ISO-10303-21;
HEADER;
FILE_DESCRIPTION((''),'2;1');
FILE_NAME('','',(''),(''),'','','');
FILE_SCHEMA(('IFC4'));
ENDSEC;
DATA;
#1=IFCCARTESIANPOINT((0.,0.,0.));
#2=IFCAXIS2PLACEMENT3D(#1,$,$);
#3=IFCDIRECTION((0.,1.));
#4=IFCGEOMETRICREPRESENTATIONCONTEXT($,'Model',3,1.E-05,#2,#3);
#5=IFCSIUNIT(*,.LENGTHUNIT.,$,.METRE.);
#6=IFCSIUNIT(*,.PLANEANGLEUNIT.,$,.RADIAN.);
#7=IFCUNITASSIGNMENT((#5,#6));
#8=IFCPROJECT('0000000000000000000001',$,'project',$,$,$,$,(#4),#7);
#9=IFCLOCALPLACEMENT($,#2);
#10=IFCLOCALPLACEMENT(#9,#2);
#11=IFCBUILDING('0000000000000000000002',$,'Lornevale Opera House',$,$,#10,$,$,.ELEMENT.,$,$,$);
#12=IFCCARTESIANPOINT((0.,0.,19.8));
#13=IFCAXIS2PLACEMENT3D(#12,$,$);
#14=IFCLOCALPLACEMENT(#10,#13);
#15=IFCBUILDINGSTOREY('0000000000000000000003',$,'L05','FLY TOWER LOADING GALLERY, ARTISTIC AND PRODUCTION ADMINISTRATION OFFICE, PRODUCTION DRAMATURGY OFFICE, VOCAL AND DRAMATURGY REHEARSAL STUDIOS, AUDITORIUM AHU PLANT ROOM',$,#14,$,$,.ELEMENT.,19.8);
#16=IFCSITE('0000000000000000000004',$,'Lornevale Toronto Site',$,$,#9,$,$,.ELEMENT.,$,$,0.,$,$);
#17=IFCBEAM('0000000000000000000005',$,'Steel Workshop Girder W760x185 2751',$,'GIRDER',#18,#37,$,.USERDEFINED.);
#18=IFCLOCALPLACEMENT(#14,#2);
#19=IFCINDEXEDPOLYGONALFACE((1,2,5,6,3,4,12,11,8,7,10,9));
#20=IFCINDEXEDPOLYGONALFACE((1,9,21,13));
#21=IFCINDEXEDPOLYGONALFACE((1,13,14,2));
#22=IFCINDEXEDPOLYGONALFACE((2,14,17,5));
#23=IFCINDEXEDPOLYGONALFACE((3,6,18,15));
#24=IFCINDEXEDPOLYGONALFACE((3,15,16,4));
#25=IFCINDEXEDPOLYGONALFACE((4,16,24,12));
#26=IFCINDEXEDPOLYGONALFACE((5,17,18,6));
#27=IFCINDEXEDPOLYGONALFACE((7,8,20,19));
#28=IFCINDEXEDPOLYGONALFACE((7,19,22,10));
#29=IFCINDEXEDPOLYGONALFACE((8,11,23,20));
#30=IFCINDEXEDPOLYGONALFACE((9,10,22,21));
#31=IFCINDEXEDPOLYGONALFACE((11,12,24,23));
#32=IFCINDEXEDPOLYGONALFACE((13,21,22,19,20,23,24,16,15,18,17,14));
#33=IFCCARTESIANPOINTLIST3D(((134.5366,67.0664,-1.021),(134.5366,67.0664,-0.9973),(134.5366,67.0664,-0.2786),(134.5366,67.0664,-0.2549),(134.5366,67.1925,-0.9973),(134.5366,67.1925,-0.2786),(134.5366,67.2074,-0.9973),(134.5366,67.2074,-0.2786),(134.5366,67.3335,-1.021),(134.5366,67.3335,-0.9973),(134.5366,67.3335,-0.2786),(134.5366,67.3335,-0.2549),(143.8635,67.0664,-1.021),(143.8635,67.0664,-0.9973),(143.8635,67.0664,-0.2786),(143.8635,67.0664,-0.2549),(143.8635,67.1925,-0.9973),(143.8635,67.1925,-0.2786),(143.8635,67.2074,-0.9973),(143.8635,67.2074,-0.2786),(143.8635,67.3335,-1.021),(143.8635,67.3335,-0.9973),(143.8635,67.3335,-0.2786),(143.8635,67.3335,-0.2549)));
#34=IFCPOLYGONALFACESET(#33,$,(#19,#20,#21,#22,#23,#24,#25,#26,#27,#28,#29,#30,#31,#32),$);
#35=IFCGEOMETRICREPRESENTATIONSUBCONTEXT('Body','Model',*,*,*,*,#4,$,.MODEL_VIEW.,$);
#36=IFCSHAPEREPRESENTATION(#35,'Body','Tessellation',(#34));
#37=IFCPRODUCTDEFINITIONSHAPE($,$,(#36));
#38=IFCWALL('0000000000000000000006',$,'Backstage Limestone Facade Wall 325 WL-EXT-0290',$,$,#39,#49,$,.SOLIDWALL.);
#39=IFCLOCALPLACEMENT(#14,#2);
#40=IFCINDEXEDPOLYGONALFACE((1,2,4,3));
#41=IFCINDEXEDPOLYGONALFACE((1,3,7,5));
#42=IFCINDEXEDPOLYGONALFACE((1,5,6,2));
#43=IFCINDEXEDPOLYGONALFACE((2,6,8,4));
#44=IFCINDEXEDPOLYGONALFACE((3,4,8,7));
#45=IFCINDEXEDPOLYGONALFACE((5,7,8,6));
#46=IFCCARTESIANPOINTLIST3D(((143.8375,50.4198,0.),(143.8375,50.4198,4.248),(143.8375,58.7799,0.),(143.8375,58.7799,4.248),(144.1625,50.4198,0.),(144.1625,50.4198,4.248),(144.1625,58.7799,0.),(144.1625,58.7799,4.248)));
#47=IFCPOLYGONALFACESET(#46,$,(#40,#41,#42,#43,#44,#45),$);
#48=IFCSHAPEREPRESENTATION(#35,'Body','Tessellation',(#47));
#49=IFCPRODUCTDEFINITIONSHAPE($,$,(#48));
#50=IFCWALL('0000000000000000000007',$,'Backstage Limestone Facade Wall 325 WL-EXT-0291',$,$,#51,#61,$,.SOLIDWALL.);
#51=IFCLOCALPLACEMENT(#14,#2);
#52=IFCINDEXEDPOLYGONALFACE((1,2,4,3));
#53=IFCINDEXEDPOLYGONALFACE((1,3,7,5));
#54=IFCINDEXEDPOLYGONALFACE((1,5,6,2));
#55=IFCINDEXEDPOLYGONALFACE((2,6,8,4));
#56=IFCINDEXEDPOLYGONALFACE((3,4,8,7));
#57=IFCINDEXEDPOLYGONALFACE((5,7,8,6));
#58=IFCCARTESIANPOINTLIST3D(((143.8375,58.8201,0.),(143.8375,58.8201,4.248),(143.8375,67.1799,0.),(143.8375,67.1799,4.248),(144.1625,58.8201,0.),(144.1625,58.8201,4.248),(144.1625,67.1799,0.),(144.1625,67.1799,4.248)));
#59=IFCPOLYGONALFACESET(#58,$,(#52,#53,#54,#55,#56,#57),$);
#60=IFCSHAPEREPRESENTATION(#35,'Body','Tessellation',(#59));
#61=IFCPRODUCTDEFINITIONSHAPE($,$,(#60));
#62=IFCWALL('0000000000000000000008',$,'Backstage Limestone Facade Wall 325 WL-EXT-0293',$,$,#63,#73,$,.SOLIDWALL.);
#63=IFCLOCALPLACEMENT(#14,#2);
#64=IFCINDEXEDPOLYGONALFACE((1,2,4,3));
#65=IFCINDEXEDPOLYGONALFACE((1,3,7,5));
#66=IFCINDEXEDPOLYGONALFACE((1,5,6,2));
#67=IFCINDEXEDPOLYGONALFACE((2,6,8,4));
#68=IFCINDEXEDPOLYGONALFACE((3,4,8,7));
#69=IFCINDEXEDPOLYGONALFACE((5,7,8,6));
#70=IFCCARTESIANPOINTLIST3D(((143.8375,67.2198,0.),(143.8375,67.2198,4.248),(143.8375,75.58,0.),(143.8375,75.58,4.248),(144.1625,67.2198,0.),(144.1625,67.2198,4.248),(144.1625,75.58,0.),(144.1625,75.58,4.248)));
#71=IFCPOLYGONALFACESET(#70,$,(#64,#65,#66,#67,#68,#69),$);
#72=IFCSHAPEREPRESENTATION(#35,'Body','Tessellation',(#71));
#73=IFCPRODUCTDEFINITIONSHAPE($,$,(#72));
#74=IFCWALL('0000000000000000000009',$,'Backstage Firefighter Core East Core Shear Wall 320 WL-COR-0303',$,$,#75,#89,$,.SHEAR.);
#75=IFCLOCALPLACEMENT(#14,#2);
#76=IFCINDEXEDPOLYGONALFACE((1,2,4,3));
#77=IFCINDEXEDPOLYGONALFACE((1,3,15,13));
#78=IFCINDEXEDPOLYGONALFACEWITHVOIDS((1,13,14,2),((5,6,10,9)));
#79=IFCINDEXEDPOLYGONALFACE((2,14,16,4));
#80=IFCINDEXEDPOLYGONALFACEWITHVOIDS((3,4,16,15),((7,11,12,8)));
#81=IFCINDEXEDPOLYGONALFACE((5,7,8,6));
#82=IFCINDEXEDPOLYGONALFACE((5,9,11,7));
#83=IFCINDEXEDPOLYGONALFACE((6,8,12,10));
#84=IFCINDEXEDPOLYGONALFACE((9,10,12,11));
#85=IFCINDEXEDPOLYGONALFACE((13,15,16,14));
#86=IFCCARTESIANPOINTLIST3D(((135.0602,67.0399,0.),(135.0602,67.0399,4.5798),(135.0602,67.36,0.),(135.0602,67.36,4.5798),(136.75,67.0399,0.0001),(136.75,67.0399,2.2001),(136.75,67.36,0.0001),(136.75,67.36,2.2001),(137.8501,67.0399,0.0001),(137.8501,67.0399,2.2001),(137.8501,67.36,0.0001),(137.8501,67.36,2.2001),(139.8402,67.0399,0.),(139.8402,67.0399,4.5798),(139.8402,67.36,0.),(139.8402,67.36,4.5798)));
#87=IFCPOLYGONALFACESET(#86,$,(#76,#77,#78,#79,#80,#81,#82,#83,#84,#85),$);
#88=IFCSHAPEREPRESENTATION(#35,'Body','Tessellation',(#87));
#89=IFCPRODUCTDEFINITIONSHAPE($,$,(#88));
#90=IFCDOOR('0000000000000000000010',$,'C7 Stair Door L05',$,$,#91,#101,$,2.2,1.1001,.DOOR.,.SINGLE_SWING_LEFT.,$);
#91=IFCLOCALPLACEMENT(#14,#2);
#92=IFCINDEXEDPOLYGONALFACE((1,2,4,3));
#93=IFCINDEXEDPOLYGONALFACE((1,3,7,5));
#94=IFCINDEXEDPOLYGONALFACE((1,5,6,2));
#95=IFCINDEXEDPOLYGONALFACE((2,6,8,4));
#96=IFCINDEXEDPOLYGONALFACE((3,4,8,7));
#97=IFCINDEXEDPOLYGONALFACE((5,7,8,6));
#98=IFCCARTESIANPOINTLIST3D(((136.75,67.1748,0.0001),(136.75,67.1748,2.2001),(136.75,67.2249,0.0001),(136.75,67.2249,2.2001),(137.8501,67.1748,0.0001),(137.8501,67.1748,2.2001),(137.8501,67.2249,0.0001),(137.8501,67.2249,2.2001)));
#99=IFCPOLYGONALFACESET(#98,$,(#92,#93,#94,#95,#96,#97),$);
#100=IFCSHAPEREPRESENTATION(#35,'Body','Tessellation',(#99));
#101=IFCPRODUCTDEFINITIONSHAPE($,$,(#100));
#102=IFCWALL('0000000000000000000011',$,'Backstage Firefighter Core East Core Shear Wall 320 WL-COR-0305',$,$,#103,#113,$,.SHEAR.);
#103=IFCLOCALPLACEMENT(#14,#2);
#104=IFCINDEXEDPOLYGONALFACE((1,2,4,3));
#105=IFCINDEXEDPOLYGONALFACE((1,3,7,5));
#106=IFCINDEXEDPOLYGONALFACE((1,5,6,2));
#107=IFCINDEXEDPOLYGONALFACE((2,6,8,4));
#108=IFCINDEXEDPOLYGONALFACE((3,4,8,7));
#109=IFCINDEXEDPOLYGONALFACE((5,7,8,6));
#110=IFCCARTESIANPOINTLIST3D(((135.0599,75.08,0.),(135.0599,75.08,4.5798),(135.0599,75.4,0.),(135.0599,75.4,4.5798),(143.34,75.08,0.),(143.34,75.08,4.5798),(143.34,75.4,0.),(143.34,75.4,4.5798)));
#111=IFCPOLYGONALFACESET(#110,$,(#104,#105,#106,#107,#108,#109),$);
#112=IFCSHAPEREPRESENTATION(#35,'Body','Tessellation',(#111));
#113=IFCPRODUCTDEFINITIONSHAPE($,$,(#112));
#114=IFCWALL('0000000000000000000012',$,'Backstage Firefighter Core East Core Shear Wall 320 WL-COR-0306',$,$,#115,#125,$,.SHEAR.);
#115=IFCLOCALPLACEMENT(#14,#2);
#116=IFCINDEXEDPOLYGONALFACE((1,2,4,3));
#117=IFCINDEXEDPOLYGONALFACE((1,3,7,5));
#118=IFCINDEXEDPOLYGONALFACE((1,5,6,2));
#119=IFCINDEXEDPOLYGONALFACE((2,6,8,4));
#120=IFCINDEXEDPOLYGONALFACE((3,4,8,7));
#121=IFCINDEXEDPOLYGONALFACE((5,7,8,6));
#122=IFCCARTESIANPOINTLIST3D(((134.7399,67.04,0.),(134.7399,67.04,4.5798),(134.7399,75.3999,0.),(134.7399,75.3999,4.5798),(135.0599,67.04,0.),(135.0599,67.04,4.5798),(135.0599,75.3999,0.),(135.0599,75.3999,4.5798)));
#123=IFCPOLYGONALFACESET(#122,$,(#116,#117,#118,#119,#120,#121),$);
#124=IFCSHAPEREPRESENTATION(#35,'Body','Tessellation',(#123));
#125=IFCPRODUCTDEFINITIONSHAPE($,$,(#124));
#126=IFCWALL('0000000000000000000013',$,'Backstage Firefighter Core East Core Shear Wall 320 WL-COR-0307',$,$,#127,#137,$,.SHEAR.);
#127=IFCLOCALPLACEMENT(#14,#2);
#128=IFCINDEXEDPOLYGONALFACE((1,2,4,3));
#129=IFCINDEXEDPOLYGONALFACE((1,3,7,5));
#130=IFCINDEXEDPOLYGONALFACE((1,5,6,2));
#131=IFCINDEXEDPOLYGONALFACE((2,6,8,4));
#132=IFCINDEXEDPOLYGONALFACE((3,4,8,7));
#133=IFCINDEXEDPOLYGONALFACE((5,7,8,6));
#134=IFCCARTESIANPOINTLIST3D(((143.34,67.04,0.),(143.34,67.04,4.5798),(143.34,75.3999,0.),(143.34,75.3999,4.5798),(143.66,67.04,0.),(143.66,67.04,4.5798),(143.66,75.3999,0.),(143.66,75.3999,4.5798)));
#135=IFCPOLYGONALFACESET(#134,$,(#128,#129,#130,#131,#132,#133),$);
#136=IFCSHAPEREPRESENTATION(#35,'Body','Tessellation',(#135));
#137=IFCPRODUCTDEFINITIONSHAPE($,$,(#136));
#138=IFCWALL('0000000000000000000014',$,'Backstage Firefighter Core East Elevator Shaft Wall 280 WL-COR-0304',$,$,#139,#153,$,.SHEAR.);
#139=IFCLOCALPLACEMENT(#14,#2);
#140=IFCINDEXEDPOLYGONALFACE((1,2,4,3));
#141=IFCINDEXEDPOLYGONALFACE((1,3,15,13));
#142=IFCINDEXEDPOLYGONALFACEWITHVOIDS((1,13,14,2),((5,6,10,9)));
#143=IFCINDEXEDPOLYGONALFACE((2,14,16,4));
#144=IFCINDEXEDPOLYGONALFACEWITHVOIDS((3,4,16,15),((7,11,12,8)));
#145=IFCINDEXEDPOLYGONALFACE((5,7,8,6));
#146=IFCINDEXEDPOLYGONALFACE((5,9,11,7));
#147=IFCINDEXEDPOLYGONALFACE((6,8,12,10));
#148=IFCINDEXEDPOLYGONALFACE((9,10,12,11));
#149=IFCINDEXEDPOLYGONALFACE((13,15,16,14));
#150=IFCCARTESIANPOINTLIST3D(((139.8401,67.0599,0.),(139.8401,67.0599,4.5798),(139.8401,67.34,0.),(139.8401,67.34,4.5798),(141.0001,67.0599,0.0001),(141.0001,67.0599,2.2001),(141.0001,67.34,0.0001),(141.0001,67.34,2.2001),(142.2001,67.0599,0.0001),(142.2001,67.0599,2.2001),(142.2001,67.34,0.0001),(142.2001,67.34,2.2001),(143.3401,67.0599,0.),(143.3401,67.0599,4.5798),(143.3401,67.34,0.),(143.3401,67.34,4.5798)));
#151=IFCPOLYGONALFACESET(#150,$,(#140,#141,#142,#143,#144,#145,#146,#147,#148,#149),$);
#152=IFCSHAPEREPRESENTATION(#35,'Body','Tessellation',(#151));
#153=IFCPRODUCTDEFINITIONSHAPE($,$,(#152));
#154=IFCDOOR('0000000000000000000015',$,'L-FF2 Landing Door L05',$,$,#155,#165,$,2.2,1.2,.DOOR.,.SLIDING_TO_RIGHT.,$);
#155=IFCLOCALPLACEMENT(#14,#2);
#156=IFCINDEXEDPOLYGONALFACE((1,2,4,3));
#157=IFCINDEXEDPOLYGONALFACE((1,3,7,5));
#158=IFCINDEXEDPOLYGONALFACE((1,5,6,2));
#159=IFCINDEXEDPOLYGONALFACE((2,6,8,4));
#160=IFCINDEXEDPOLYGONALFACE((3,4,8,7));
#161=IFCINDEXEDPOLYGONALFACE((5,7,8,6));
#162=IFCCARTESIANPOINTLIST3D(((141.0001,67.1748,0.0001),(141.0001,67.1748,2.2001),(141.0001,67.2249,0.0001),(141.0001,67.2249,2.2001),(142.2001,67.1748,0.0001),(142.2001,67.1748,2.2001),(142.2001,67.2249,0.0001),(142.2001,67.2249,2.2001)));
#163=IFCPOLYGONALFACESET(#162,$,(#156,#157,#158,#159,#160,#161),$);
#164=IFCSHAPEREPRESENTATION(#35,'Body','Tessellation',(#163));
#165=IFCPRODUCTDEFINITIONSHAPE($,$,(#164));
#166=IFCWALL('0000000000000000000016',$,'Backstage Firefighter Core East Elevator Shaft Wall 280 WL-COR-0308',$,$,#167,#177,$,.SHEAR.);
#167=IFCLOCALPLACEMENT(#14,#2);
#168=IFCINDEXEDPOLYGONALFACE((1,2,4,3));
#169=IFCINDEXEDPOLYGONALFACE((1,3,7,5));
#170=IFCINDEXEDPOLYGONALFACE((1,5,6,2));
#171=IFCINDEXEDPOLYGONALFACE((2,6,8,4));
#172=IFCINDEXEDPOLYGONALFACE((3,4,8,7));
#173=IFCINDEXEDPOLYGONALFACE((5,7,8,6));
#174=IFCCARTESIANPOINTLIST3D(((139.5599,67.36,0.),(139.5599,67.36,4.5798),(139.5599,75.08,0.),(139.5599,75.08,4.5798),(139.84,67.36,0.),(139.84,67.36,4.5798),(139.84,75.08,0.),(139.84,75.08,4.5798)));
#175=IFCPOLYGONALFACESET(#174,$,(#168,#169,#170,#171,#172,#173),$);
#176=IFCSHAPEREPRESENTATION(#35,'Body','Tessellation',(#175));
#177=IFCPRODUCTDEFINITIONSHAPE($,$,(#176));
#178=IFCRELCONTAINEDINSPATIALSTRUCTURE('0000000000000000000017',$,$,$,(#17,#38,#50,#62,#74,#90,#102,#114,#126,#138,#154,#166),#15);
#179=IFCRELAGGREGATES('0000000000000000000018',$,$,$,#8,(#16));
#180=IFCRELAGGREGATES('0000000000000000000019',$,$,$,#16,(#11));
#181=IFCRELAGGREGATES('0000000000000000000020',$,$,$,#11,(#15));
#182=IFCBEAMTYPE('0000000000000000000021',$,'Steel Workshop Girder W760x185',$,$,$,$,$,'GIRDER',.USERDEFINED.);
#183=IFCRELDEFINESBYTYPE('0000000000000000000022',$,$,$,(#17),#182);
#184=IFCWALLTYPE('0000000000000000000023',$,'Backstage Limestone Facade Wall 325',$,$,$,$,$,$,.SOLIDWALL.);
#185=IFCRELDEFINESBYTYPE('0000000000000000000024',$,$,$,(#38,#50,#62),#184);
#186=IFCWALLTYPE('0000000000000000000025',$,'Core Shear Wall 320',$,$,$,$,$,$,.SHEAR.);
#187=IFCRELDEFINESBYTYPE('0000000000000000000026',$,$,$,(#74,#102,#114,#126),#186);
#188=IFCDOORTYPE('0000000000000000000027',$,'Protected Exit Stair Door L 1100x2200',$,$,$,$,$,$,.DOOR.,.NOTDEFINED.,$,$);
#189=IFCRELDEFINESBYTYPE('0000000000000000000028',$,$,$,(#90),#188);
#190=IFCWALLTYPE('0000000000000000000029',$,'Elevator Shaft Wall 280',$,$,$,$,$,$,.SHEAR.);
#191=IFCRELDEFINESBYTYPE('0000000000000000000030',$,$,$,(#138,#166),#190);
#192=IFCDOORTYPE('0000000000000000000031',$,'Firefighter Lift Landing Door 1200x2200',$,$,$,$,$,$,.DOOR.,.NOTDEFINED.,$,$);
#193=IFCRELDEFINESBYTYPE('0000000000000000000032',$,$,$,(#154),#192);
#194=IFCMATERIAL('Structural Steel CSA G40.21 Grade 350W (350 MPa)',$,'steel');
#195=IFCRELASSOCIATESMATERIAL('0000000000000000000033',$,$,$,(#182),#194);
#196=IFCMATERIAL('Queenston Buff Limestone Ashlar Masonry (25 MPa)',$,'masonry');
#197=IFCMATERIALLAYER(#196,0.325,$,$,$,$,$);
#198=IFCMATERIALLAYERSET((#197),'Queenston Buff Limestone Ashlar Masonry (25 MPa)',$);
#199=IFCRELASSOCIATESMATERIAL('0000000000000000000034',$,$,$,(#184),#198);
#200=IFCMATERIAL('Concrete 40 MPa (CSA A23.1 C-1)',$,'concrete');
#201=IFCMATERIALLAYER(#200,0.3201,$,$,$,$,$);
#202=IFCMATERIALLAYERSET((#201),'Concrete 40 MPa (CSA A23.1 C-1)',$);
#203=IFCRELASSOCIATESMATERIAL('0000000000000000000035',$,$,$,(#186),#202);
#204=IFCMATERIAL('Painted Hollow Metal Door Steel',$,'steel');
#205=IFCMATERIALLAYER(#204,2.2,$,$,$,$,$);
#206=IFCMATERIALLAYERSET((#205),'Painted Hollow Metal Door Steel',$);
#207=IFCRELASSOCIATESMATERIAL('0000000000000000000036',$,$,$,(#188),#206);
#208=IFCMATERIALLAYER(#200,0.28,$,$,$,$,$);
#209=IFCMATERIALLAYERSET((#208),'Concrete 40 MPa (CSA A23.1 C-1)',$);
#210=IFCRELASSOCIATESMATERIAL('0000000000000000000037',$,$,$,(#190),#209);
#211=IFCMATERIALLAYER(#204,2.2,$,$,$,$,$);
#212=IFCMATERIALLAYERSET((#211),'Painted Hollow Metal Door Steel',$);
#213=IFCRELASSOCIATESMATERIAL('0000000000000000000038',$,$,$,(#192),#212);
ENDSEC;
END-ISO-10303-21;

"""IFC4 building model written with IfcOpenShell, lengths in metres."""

from ifc_helpers import new_model, si_unit, direction, frame, frame_2d, origin, origin_2d, place, context, subcontext, project, spatial, rectangle, i_section, extrude, material, layer, layer_set, material_profile, profile_set, type_object, element, fill, save


model = new_model("IFC4")

# Units and contexts
model_context = context("Model", 3, precision=1e-05, world=origin(), true_north=direction((0.0, 1.0)))
body_context = subcontext(model_context, "Body", "Model", "MODEL_VIEW")
ifc_project = project(units=[si_unit("LENGTHUNIT", "METRE"), si_unit("PLANEANGLEUNIT", "RADIAN")], contexts=[model_context])

# Site, building, storey
site_placement = place(None, origin())
site = spatial("IfcSite", under=ifc_project, at=site_placement, Name="Lornevale Toronto Site", CompositionType="ELEMENT", RefElevation=0.0)
building_placement = place(site_placement, origin())
building = spatial("IfcBuilding", under=site, at=building_placement, Name="Lornevale Opera House", CompositionType="ELEMENT")
storey_placement = place(building_placement, frame((0.0, 0.0, 19.8)))
storey = spatial("IfcBuildingStorey", under=building, at=storey_placement, Name="L05", Description="FLY TOWER LOADING GALLERY, ARTISTIC AND PRODUCTION ADMINISTRATION OFFICE, PRODUCTION DRAMATURGY OFFICE, VOCAL AND DRAMATURGY REHEARSAL STUDIOS, AUDITORIUM AHU PLANT ROOM", CompositionType="ELEMENT", Elevation=19.8)

# Shared definitions
ifc_material_1 = material(Name="Structural Steel CSA G40.21 Grade 350W (350 MPa)", Category="steel")

# Beam
ifc_material_profile_1 = material_profile(ifc_material_1, i_section(OverallWidth=0.2671, OverallDepth=0.7661, WebThickness=0.0149, FlangeThickness=0.0237, at=origin_2d()), Name="W760x185")
ifc_profile_set_1 = profile_set([ifc_material_profile_1], Name="Structural Steel CSA G40.21 Grade 350W (350 MPa)")
beam_type_1 = type_object("IfcBeamType", Name="Steel Workshop Girder W760x185", ElementType="GIRDER", PredefinedType="USERDEFINED", material=ifc_profile_set_1)
beam_1_placement = place(storey_placement, frame((134.5366, 67.2, -0.6379), z_axis=(1.0, 0.0, 0.0), x_axis=(0.0, 1.0, 0.0)))
element("IfcBeam", 1, at=beam_1_placement, inside=storey, type_object=beam_type_1, Name="Steel Workshop Girder W760x185 2751", ObjectType="GIRDER", PredefinedType="USERDEFINED", context=body_context, shape_type="SweptSolid", body=[
    extrude(i_section(OverallWidth=0.2671, OverallDepth=0.7661, WebThickness=0.0149, FlangeThickness=0.0237, at=origin_2d()), origin(), (0.0, 0.0, 1.0), 9.3269),
])

# Walls
ifc_material_2 = material(Name="Queenston Buff Limestone Ashlar Masonry (25 MPa)", Category="masonry")
ifc_layer_1 = layer(ifc_material_2, 0.325)
ifc_layer_set_1 = layer_set([ifc_layer_1], Name="Queenston Buff Limestone Ashlar Masonry (25 MPa)")
wall_type_1 = type_object("IfcWallType", Name="Backstage Limestone Facade Wall 325", PredefinedType="SOLIDWALL", material=ifc_layer_set_1)
wall_1_placement = place(storey_placement, frame((144.0, 58.78, 0.0), z_axis=(0.0, 0.0, 1.0), x_axis=(0.0, -1.0, 0.0)))
element("IfcWall", 2, at=wall_1_placement, inside=storey, type_object=wall_type_1, Name="Backstage Limestone Facade Wall 325 WL-EXT-0290", PredefinedType="SOLIDWALL", context=body_context, shape_type="SweptSolid", body=[
    extrude(rectangle(XDim=8.3601, YDim=0.325, at=frame_2d((4.1802, 0.0))), origin(), (0.0, 0.0, 1.0), 4.248),
])
wall_2_placement = place(storey_placement, frame((144.0, 67.1799, 0.0), z_axis=(0.0, 0.0, 1.0), x_axis=(0.0, -1.0, 0.0)))
element("IfcWall", 3, at=wall_2_placement, inside=storey, type_object=wall_type_1, Name="Backstage Limestone Facade Wall 325 WL-EXT-0291", PredefinedType="SOLIDWALL", context=body_context, shape_type="SweptSolid", body=[
    extrude(rectangle(XDim=8.3599, YDim=0.325, at=frame_2d((4.1799, 0.0))), origin(), (0.0, 0.0, 1.0), 4.248),
])
wall_3_placement = place(storey_placement, frame((144.0, 75.5801, 0.0), z_axis=(0.0, 0.0, 1.0), x_axis=(0.0, -1.0, 0.0)))
element("IfcWall", 4, at=wall_3_placement, inside=storey, type_object=wall_type_1, Name="Backstage Limestone Facade Wall 325 WL-EXT-0293", PredefinedType="SOLIDWALL", context=body_context, shape_type="SweptSolid", body=[
    extrude(rectangle(XDim=8.3601, YDim=0.325, at=frame_2d((4.1802, 0.0))), origin(), (0.0, 0.0, 1.0), 4.248),
])

# Wall, opening, door
ifc_material_3 = material(Name="Concrete 40 MPa (CSA A23.1 C-1)", Category="concrete")
ifc_layer_2 = layer(ifc_material_3, 0.3201)
ifc_layer_set_2 = layer_set([ifc_layer_2], Name="Concrete 40 MPa (CSA A23.1 C-1)")
wall_type_2 = type_object("IfcWallType", Name="Core Shear Wall 320", PredefinedType="SHEAR", material=ifc_layer_set_2)
wall_4_placement = place(storey_placement, frame((135.0601, 67.2, 0.0), z_axis=(0.0, 0.0, 1.0), x_axis=(1.0, 0.0, 0.0)))
wall_4 = element("IfcWall", 5, at=wall_4_placement, inside=storey, type_object=wall_type_2, Name="Backstage Firefighter Core East Core Shear Wall 320 WL-COR-0303", PredefinedType="SHEAR", context=body_context, shape_type="SweptSolid", body=[
    extrude(rectangle(XDim=4.78, YDim=0.3201, at=frame_2d((2.3901, 0.0))), origin(), (0.0, 0.0, 1.0), 4.5798),
])
opening_1_placement = place(wall_4_placement, frame((1.6899, 0.0, 0.0)))
opening_1 = element("IfcOpeningElement", 6, at=opening_1_placement, cuts=wall_4, PredefinedType="OPENING", context=body_context, shape_type="SweptSolid", body=[
    extrude(rectangle(XDim=1.1001, YDim=2.2, at=frame_2d((0.55, 1.1001))), frame((0.0, 0.1699, 0.0), z_axis=(0.0, -1.0, 0.0), x_axis=(1.0, 0.0, 0.0)), (0.0, 0.0, 1.0), 0.3401),
])
ifc_material_4 = material(Name="Painted Hollow Metal Door Steel", Category="steel")
ifc_layer_3 = layer(ifc_material_4, 2.2)
ifc_layer_set_3 = layer_set([ifc_layer_3], Name="Painted Hollow Metal Door Steel")
door_type_1 = type_object("IfcDoorType", Name="Protected Exit Stair Door L 1100x2200", OperationType="NOTDEFINED", PredefinedType="DOOR", material=ifc_layer_set_3)
door_1_placement = place(opening_1_placement, origin())
door_1 = element("IfcDoor", 7, at=door_1_placement, inside=storey, type_object=door_type_1, Name="C7 Stair Door L05", OperationType="SINGLE_SWING_LEFT", OverallHeight=2.2, OverallWidth=1.1001, PredefinedType="DOOR", context=body_context, shape_type="SweptSolid", body=[
    extrude(rectangle(XDim=1.1001, YDim=2.2, at=frame_2d((0.55, 1.1001))), frame((0.0, 0.0249, 0.0), z_axis=(0.0, -1.0, 0.0), x_axis=(1.0, 0.0, 0.0)), (0.0, 0.0, 1.0), 0.05),
])
fill(opening_1, door_1)

# Walls
wall_5_placement = place(storey_placement, frame((143.3401, 75.24, 0.0), z_axis=(0.0, 0.0, 1.0), x_axis=(-1.0, 0.0, 0.0)))
element("IfcWall", 8, at=wall_5_placement, inside=storey, type_object=wall_type_2, Name="Backstage Firefighter Core East Core Shear Wall 320 WL-COR-0305", PredefinedType="SHEAR", context=body_context, shape_type="SweptSolid", body=[
    extrude(rectangle(XDim=8.28, YDim=0.3201, at=frame_2d((4.1401, 0.0))), origin(), (0.0, 0.0, 1.0), 4.5798),
])
for number, where, z_axis, x_axis, name in (
    (9, (134.8999, 75.3999, 0.0), (0.0, 0.0, 1.0), (0.0, -1.0, 0.0), "Backstage Firefighter Core East Core Shear Wall 320 WL-COR-0306"),
    (10, (143.5, 67.04, 0.0), (0.0, 0.0, 1.0), (0.0, 1.0, 0.0), "Backstage Firefighter Core East Core Shear Wall 320 WL-COR-0307"),
):
    element("IfcWall", number, at=place(storey_placement, frame(where, z_axis=z_axis, x_axis=x_axis)), inside=storey, type_object=wall_type_2, Name=name, PredefinedType="SHEAR", context=body_context, shape_type="SweptSolid", body=[
        extrude(rectangle(XDim=8.3599, YDim=0.3201, at=frame_2d((4.1799, 0.0))), origin(), (0.0, 0.0, 1.0), 4.5798),
    ])

# Wall, opening, door
ifc_layer_4 = layer(ifc_material_3, 0.28)
ifc_layer_set_4 = layer_set([ifc_layer_4], Name="Concrete 40 MPa (CSA A23.1 C-1)")
wall_type_3 = type_object("IfcWallType", Name="Elevator Shaft Wall 280", PredefinedType="SHEAR", material=ifc_layer_set_4)
wall_6_placement = place(storey_placement, frame((139.8401, 67.2, 0.0), z_axis=(0.0, 0.0, 1.0), x_axis=(1.0, 0.0, 0.0)))
wall_6 = element("IfcWall", 11, at=wall_6_placement, inside=storey, type_object=wall_type_3, Name="Backstage Firefighter Core East Elevator Shaft Wall 280 WL-COR-0304", PredefinedType="SHEAR", context=body_context, shape_type="SweptSolid", body=[
    extrude(rectangle(XDim=3.5, YDim=0.28, at=frame_2d((1.75, 0.0))), origin(), (0.0, 0.0, 1.0), 4.5798),
])
opening_2_placement = place(wall_6_placement, frame((1.1599, 0.0, 0.0)))
opening_2 = element("IfcOpeningElement", 12, at=opening_2_placement, cuts=wall_6, PredefinedType="OPENING", context=body_context, shape_type="SweptSolid", body=[
    extrude(rectangle(XDim=1.2, YDim=2.2, at=frame_2d((0.6001, 1.1001))), frame((0.0, 0.1499, 0.0), z_axis=(0.0, -1.0, 0.0), x_axis=(1.0, 0.0, 0.0)), (0.0, 0.0, 1.0), 0.3),
])
ifc_layer_5 = layer(ifc_material_4, 2.2)
ifc_layer_set_5 = layer_set([ifc_layer_5], Name="Painted Hollow Metal Door Steel")
door_type_2 = type_object("IfcDoorType", Name="Firefighter Lift Landing Door 1200x2200", OperationType="NOTDEFINED", PredefinedType="DOOR", material=ifc_layer_set_5)
door_2_placement = place(opening_2_placement, origin())
door_2 = element("IfcDoor", 13, at=door_2_placement, inside=storey, type_object=door_type_2, Name="L-FF2 Landing Door L05", OperationType="SLIDING_TO_RIGHT", OverallHeight=2.2, OverallWidth=1.2, PredefinedType="DOOR", context=body_context, shape_type="SweptSolid", body=[
    extrude(rectangle(XDim=1.2, YDim=2.2, at=frame_2d((0.6001, 1.1001))), frame((0.0, 0.0249, 0.0), z_axis=(0.0, -1.0, 0.0), x_axis=(1.0, 0.0, 0.0)), (0.0, 0.0, 1.0), 0.05),
])
fill(opening_2, door_2)

# Wall
wall_7_placement = place(storey_placement, frame((139.7, 67.3601, 0.0), z_axis=(0.0, 0.0, 1.0), x_axis=(0.0, 1.0, 0.0)))
element("IfcWall", 14, at=wall_7_placement, inside=storey, type_object=wall_type_3, Name="Backstage Firefighter Core East Elevator Shaft Wall 280 WL-COR-0308", PredefinedType="SHEAR", context=body_context, shape_type="SweptSolid", body=[
    extrude(rectangle(XDim=7.72, YDim=0.28, at=frame_2d((3.8599, 0.0))), origin(), (0.0, 0.0, 1.0), 4.5798),
])

save(model, "model.ifc")
